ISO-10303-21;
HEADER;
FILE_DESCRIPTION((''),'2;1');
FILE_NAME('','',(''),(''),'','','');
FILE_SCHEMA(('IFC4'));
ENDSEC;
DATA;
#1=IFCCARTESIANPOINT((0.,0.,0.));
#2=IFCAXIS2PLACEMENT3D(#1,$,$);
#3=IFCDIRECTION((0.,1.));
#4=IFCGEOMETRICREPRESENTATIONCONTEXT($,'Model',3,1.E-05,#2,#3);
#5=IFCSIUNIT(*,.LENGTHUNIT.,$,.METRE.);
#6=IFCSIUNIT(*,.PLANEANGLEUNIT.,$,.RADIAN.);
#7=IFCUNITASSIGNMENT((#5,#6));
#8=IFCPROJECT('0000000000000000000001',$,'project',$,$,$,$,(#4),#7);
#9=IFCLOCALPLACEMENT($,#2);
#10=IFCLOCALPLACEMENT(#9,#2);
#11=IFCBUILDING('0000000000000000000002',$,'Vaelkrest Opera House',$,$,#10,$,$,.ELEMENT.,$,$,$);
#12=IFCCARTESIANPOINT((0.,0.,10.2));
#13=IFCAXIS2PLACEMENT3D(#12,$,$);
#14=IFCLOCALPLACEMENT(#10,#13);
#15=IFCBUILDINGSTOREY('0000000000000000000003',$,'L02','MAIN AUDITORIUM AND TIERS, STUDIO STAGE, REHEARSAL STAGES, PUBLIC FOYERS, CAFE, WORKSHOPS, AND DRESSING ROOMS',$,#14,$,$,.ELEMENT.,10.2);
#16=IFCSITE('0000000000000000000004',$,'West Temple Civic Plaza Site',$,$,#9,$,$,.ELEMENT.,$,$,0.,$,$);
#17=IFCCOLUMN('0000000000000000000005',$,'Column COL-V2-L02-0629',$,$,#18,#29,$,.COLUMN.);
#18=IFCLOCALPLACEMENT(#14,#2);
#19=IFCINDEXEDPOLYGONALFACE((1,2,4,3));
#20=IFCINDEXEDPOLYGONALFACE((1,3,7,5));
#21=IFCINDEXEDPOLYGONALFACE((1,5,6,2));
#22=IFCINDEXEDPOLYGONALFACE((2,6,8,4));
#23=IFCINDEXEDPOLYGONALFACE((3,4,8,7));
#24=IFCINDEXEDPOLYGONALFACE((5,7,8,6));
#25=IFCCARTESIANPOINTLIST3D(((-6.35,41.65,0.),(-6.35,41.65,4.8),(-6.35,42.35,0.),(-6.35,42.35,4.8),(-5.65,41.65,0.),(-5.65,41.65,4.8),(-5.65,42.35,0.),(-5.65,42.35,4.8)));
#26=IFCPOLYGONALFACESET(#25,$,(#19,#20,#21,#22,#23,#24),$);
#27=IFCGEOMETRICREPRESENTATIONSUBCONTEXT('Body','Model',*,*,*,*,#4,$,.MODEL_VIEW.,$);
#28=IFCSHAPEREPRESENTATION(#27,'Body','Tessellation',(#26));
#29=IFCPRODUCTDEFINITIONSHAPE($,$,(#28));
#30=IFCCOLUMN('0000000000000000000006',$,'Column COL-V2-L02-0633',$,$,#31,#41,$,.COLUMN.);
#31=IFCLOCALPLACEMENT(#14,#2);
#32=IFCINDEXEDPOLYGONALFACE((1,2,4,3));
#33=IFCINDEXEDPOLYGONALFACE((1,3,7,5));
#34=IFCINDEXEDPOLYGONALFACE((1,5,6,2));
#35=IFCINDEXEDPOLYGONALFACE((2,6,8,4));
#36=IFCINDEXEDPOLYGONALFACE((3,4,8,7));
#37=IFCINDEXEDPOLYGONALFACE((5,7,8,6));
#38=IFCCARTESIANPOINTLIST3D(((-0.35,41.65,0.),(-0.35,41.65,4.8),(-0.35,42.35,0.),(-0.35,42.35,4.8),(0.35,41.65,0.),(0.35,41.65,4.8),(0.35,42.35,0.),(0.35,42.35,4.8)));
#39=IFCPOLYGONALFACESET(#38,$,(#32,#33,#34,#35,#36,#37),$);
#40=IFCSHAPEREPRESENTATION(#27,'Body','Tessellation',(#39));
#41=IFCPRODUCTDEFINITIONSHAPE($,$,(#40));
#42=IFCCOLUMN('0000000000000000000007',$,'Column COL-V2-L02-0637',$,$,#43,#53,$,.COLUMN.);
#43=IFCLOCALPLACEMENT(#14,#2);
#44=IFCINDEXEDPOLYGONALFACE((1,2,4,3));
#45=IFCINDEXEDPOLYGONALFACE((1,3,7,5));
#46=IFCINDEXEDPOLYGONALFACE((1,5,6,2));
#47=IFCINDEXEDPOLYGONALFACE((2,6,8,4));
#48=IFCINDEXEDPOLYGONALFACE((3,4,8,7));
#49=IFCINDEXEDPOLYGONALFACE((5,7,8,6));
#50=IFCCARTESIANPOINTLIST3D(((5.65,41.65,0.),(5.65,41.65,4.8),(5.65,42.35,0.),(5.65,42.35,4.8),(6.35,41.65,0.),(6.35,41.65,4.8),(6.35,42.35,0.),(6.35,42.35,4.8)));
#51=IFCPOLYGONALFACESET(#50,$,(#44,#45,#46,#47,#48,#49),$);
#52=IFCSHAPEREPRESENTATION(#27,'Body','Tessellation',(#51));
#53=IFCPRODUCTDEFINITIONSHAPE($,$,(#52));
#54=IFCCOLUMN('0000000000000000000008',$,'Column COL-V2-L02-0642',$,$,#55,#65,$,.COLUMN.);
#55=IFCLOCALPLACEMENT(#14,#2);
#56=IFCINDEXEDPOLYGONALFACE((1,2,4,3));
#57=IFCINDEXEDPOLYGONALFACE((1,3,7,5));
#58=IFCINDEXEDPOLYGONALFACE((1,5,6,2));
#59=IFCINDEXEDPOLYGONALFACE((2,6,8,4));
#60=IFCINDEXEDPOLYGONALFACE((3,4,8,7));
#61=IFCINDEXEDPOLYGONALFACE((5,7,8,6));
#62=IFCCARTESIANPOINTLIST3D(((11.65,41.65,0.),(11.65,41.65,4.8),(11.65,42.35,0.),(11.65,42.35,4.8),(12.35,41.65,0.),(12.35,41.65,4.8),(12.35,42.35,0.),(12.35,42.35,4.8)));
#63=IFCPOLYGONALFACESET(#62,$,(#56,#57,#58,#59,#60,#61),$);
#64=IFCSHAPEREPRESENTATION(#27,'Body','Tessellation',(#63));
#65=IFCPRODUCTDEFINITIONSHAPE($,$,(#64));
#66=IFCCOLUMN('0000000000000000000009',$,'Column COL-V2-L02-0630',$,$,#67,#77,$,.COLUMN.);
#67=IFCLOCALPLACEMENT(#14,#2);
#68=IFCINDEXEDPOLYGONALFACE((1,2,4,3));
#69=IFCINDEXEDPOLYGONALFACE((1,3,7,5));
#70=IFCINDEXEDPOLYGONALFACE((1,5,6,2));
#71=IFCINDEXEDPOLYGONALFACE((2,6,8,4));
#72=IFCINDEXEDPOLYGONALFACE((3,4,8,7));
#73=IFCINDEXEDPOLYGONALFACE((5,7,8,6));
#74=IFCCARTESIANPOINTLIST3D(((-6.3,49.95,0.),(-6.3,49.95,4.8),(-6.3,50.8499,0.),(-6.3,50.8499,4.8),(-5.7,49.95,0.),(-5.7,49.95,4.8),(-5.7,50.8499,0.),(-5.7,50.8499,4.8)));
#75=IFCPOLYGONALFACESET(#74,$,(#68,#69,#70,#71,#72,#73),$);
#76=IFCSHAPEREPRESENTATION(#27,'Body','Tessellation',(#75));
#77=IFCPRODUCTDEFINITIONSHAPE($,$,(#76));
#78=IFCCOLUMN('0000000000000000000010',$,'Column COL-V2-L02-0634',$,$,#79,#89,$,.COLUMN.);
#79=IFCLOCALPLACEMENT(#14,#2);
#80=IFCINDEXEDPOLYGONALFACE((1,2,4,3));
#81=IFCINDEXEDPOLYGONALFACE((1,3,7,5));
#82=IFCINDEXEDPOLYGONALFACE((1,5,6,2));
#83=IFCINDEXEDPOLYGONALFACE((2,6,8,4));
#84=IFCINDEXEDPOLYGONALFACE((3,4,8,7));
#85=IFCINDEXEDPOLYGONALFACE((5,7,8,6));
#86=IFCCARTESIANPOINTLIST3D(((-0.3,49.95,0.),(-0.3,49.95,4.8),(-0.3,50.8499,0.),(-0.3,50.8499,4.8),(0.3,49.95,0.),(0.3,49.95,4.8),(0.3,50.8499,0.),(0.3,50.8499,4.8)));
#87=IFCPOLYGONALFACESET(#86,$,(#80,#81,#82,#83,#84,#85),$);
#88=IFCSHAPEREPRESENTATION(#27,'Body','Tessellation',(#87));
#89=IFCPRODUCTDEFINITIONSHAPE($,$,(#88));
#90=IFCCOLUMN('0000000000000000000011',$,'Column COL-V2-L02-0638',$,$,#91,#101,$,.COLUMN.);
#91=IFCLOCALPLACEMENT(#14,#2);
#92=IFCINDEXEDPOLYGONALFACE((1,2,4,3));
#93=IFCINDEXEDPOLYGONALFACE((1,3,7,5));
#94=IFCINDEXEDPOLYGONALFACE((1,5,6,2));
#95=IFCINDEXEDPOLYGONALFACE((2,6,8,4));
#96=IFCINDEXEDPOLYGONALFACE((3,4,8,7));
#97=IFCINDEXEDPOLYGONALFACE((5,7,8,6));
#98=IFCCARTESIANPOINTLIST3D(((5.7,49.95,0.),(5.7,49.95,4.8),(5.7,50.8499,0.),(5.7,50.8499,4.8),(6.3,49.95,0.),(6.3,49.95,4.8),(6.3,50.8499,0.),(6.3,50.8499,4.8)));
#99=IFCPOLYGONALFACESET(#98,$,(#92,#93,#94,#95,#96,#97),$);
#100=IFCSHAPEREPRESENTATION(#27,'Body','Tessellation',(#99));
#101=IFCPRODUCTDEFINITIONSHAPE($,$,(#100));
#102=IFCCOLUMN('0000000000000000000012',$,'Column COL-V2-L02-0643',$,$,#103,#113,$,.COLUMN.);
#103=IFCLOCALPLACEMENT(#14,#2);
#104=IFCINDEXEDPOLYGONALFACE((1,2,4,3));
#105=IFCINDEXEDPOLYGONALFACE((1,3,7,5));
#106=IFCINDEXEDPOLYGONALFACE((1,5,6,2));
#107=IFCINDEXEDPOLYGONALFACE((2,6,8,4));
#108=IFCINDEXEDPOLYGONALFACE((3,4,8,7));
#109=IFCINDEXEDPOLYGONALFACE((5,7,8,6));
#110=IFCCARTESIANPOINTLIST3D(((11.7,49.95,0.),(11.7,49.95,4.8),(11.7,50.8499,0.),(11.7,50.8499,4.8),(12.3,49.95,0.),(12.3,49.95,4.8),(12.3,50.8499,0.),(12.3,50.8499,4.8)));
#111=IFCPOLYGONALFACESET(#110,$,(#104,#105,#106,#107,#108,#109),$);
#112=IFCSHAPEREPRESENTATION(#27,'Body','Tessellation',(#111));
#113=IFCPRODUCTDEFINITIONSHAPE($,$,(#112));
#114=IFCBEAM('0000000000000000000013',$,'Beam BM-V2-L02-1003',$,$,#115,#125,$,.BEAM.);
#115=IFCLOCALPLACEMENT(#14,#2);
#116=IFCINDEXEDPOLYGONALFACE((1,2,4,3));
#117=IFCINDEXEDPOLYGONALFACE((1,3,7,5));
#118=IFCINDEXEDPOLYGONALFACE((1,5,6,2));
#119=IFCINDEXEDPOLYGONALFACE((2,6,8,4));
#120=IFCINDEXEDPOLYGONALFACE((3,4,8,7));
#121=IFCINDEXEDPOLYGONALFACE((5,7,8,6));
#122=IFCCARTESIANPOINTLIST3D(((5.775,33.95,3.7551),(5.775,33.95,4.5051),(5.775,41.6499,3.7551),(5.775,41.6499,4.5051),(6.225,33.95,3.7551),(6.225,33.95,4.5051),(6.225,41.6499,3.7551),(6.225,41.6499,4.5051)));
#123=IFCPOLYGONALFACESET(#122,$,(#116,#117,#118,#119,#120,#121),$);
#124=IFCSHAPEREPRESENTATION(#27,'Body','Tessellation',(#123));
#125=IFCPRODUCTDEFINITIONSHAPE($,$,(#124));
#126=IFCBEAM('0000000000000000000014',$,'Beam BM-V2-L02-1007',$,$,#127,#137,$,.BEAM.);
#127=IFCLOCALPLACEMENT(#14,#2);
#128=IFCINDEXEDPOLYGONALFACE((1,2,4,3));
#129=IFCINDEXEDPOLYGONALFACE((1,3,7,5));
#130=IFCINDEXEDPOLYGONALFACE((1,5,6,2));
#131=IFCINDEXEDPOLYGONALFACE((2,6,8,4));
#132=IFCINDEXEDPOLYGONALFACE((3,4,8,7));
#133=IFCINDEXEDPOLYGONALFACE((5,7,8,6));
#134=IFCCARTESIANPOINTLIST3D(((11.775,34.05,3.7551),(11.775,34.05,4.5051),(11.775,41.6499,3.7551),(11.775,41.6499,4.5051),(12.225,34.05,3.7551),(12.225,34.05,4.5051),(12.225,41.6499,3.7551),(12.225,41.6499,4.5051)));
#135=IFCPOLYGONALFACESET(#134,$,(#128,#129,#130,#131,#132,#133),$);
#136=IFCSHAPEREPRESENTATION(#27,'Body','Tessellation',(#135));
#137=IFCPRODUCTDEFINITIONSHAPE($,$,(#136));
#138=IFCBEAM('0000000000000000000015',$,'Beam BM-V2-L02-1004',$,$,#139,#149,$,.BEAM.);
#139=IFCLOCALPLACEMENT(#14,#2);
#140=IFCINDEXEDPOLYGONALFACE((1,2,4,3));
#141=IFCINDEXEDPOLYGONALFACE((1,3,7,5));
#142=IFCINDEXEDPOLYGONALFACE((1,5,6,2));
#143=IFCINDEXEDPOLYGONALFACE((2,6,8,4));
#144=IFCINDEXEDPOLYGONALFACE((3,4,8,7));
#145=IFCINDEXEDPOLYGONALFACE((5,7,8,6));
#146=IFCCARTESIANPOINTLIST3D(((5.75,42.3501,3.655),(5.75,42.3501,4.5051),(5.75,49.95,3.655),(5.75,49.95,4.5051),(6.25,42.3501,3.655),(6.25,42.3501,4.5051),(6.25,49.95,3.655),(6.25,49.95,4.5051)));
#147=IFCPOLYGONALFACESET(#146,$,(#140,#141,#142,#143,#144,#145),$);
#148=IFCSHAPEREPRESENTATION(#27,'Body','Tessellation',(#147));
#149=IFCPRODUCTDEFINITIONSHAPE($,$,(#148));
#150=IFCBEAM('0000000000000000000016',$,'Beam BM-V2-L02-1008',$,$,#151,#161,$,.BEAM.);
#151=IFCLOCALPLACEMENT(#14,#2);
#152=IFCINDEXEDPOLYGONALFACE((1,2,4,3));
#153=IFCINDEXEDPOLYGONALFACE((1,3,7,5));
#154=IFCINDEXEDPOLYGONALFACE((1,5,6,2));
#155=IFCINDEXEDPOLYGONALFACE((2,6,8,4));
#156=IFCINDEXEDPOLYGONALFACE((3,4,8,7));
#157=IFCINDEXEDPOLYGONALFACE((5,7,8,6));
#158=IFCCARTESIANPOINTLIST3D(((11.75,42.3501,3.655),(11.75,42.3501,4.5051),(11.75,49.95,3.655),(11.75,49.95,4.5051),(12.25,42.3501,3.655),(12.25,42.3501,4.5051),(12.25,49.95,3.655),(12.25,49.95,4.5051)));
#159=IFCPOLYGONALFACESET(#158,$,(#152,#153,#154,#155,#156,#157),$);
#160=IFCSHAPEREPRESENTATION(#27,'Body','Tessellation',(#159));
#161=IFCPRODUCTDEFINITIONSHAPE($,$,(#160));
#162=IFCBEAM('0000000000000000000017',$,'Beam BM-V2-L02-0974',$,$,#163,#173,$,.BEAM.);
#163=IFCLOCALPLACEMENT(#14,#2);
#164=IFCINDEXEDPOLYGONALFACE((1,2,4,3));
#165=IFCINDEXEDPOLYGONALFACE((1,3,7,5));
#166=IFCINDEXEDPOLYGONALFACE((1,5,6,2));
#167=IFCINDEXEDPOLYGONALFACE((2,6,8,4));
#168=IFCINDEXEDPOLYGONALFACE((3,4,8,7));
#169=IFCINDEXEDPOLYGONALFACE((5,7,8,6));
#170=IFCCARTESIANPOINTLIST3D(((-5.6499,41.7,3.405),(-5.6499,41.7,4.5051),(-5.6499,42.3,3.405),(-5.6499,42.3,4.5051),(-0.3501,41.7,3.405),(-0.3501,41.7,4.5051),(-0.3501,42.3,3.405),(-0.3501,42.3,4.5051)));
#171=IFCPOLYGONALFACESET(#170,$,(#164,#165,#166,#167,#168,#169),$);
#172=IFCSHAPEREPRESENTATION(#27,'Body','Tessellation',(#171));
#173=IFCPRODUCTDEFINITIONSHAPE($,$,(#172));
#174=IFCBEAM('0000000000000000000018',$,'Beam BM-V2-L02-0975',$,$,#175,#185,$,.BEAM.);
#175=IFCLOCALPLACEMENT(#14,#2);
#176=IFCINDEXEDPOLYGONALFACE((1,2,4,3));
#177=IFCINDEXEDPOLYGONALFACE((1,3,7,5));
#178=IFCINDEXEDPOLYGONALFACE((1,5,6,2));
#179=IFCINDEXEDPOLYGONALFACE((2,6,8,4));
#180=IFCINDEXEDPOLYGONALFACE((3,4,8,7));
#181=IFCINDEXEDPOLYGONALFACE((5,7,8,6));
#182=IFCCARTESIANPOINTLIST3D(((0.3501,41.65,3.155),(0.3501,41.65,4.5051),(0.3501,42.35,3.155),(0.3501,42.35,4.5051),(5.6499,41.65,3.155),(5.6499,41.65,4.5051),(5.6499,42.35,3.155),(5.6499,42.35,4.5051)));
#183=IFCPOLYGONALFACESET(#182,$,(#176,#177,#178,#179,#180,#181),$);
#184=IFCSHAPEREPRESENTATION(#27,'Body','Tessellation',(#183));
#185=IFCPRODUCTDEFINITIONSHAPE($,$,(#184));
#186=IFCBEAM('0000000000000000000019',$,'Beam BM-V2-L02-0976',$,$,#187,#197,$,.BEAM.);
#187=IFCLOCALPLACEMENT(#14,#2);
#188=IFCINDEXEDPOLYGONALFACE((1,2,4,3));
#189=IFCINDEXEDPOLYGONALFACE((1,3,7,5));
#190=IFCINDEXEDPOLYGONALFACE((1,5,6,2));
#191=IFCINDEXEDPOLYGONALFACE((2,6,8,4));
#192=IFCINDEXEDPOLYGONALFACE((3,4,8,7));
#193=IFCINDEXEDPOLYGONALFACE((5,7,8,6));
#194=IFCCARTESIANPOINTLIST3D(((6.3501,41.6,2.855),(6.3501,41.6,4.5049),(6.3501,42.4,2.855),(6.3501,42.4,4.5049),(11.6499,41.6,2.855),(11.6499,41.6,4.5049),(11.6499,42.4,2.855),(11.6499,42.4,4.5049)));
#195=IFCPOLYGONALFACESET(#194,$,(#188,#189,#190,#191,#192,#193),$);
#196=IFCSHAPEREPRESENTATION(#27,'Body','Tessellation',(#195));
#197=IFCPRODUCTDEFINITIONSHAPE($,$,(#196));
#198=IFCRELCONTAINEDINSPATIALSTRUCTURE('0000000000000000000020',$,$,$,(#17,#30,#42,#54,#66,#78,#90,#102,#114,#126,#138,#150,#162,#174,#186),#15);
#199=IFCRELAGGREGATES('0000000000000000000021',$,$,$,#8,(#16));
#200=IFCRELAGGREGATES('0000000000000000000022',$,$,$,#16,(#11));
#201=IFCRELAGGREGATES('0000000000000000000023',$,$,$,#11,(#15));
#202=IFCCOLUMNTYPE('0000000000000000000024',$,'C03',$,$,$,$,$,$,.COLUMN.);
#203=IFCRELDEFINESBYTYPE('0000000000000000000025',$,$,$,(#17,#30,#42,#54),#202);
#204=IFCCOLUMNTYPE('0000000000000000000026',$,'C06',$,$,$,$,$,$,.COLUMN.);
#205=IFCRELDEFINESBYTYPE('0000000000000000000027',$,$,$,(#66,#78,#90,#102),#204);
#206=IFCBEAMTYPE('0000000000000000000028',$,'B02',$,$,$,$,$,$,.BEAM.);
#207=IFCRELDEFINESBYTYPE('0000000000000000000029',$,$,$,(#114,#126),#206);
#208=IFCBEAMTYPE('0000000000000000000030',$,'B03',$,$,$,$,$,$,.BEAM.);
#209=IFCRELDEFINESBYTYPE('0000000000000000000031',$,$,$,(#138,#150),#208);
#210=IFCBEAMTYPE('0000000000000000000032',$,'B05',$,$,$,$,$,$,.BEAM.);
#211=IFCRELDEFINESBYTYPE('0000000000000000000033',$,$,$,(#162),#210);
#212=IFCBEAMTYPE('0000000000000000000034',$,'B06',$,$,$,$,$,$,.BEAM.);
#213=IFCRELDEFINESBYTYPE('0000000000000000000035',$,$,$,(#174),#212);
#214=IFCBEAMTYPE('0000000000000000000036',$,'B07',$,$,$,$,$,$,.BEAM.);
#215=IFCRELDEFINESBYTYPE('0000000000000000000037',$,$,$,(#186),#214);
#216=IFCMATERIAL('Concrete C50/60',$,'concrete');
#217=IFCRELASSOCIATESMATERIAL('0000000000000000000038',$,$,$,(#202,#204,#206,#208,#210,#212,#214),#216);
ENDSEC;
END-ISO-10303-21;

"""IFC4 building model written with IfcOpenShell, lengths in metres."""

from ifc_helpers import new_model, si_unit, direction, frame, origin, origin_2d, place, context, subcontext, project, spatial, rectangle, extrude, material, material_profile, profile_set, type_object, element, save


model = new_model("IFC4")

# Units and contexts
model_context = context("Model", 3, precision=1e-05, world=origin(), true_north=direction((0.0, 1.0)))
body_context = subcontext(model_context, "Body", "Model", "MODEL_VIEW")
ifc_project = project(units=[si_unit("LENGTHUNIT", "METRE"), si_unit("PLANEANGLEUNIT", "RADIAN")], contexts=[model_context])

# Site, building, storey
site_placement = place(None, origin())
site = spatial("IfcSite", under=ifc_project, at=site_placement, Name="West Temple Civic Plaza Site", CompositionType="ELEMENT", RefElevation=0.0)
building_placement = place(site_placement, origin())
building = spatial("IfcBuilding", under=site, at=building_placement, Name="Vaelkrest Opera House", CompositionType="ELEMENT")
storey_placement = place(building_placement, frame((0.0, 0.0, 10.2)))
storey = spatial("IfcBuildingStorey", under=building, at=storey_placement, Name="L02", Description="MAIN AUDITORIUM AND TIERS, STUDIO STAGE, REHEARSAL STAGES, PUBLIC FOYERS, CAFE, WORKSHOPS, AND DRESSING ROOMS", CompositionType="ELEMENT", Elevation=10.2)

# Columns
ifc_material_1 = material(Name="Concrete C50/60", Category="concrete")
ifc_material_profile_1 = material_profile(ifc_material_1, rectangle(XDim=0.7, YDim=0.7, at=origin_2d()), Name="RC700X700")
ifc_profile_set_1 = profile_set([ifc_material_profile_1], Name="Concrete C50/60")
column_type_1 = type_object("IfcColumnType", Name="C03", PredefinedType="COLUMN", material=ifc_profile_set_1)
for number, where, z_axis, x_axis, name in (
    (1, (-6.0, 42.0, 0.0), (0.0, 0.0, 1.0), (1.0, 0.0, 0.0), "Column COL-V2-L02-0629"),
    (2, (0.0, 42.0, 0.0), (0.0, 0.0, 1.0), (1.0, 0.0, 0.0), "Column COL-V2-L02-0633"),
    (3, (6.0, 42.0, 0.0), (0.0, 0.0, 1.0), (1.0, 0.0, 0.0), "Column COL-V2-L02-0637"),
    (4, (12.0, 42.0, 0.0), (0.0, 0.0, 1.0), (1.0, 0.0, 0.0), "Column COL-V2-L02-0642"),
):
    element("IfcColumn", number, at=place(storey_placement, frame(where, z_axis=z_axis, x_axis=x_axis)), inside=storey, type_object=column_type_1, Name=name, PredefinedType="COLUMN", context=body_context, shape_type="SweptSolid", body=[
        extrude(rectangle(XDim=0.7, YDim=0.7, at=origin_2d()), origin(), (0.0, 0.0, 1.0), 4.8),
    ])
ifc_material_profile_2 = material_profile(ifc_material_1, rectangle(XDim=0.6001, YDim=0.8999, at=origin_2d()), Name="RC600X900")
ifc_profile_set_2 = profile_set([ifc_material_profile_2], Name="Concrete C50/60")
column_type_2 = type_object("IfcColumnType", Name="C06", PredefinedType="COLUMN", material=ifc_profile_set_2)
for number, where, z_axis, x_axis, name in (
    (5, (-6.0, 50.3999, 0.0), (0.0, 0.0, 1.0), (1.0, 0.0, 0.0), "Column COL-V2-L02-0630"),
    (6, (0.0, 50.3999, 0.0), (0.0, 0.0, 1.0), (1.0, 0.0, 0.0), "Column COL-V2-L02-0634"),
    (7, (6.0, 50.3999, 0.0), (0.0, 0.0, 1.0), (1.0, 0.0, 0.0), "Column COL-V2-L02-0638"),
    (8, (12.0, 50.3999, 0.0), (0.0, 0.0, 1.0), (1.0, 0.0, 0.0), "Column COL-V2-L02-0643"),
):
    element("IfcColumn", number, at=place(storey_placement, frame(where, z_axis=z_axis, x_axis=x_axis)), inside=storey, type_object=column_type_2, Name=name, PredefinedType="COLUMN", context=body_context, shape_type="SweptSolid", body=[
        extrude(rectangle(XDim=0.6001, YDim=0.8999, at=origin_2d()), origin(), (0.0, 0.0, 1.0), 4.8),
    ])

# Beams
ifc_material_profile_3 = material_profile(ifc_material_1, rectangle(XDim=0.45, YDim=0.75, at=origin_2d()), Name="RCB450X750")
ifc_profile_set_3 = profile_set([ifc_material_profile_3], Name="Concrete C50/60")
beam_type_1 = type_object("IfcBeamType", Name="B02", PredefinedType="BEAM", material=ifc_profile_set_3)
beam_1_placement = place(storey_placement, frame((6.0, 33.95, 4.1301), z_axis=(0.0, 1.0, 0.0), x_axis=(-1.0, 0.0, 0.0)))
element("IfcBeam", 9, at=beam_1_placement, inside=storey, type_object=beam_type_1, Name="Beam BM-V2-L02-1003", PredefinedType="BEAM", context=body_context, shape_type="SweptSolid", body=[
    extrude(rectangle(XDim=0.45, YDim=0.75, at=origin_2d()), origin(), (0.0, 0.0, 1.0), 7.7),
])
beam_2_placement = place(storey_placement, frame((12.0, 34.05, 4.1301), z_axis=(0.0, 1.0, 0.0), x_axis=(-1.0, 0.0, 0.0)))
element("IfcBeam", 10, at=beam_2_placement, inside=storey, type_object=beam_type_1, Name="Beam BM-V2-L02-1007", PredefinedType="BEAM", context=body_context, shape_type="SweptSolid", body=[
    extrude(rectangle(XDim=0.45, YDim=0.75, at=origin_2d()), origin(), (0.0, 0.0, 1.0), 7.5999),
])
ifc_material_profile_4 = material_profile(ifc_material_1, rectangle(XDim=0.5, YDim=0.8501, at=origin_2d()), Name="RCB500X850")
ifc_profile_set_4 = profile_set([ifc_material_profile_4], Name="Concrete C50/60")
beam_type_2 = type_object("IfcBeamType", Name="B03", PredefinedType="BEAM", material=ifc_profile_set_4)
for number, where, z_axis, x_axis, name in (
    (11, (6.0, 42.3501, 4.0801), (0.0, 1.0, 0.0), (-1.0, 0.0, 0.0), "Beam BM-V2-L02-1004"),
    (12, (12.0, 42.3501, 4.0801), (0.0, 1.0, 0.0), (-1.0, 0.0, 0.0), "Beam BM-V2-L02-1008"),
):
    element("IfcBeam", number, at=place(storey_placement, frame(where, z_axis=z_axis, x_axis=x_axis)), inside=storey, type_object=beam_type_2, Name=name, PredefinedType="BEAM", context=body_context, shape_type="SweptSolid", body=[
        extrude(rectangle(XDim=0.5, YDim=0.8501, at=origin_2d()), origin(), (0.0, 0.0, 1.0), 7.5999),
    ])
ifc_material_profile_5 = material_profile(ifc_material_1, rectangle(XDim=0.6001, YDim=1.1001, at=origin_2d()), Name="RCB600X1100")
ifc_profile_set_5 = profile_set([ifc_material_profile_5], Name="Concrete C50/60")
beam_type_3 = type_object("IfcBeamType", Name="B05", PredefinedType="BEAM", material=ifc_profile_set_5)
beam_3_placement = place(storey_placement, frame((-5.6499, 42.0, 3.9551), z_axis=(1.0, 0.0, 0.0), x_axis=(0.0, 1.0, 0.0)))
element("IfcBeam", 13, at=beam_3_placement, inside=storey, type_object=beam_type_3, Name="Beam BM-V2-L02-0974", PredefinedType="BEAM", context=body_context, shape_type="SweptSolid", body=[
    extrude(rectangle(XDim=0.6001, YDim=1.1001, at=origin_2d()), origin(), (0.0, 0.0, 1.0), 5.2998),
])
ifc_material_profile_6 = material_profile(ifc_material_1, rectangle(XDim=0.7, YDim=1.3501, at=origin_2d()), Name="RCB700X1350")
ifc_profile_set_6 = profile_set([ifc_material_profile_6], Name="Concrete C50/60")
beam_type_4 = type_object("IfcBeamType", Name="B06", PredefinedType="BEAM", material=ifc_profile_set_6)
beam_4_placement = place(storey_placement, frame((0.3501, 42.0, 3.8301), z_axis=(1.0, 0.0, 0.0), x_axis=(0.0, 1.0, 0.0)))
element("IfcBeam", 14, at=beam_4_placement, inside=storey, type_object=beam_type_4, Name="Beam BM-V2-L02-0975", PredefinedType="BEAM", context=body_context, shape_type="SweptSolid", body=[
    extrude(rectangle(XDim=0.7, YDim=1.3501, at=origin_2d()), origin(), (0.0, 0.0, 1.0), 5.2998),
])
ifc_material_profile_7 = material_profile(ifc_material_1, rectangle(XDim=0.8, YDim=1.6499, at=origin_2d()), Name="RCB800X1650")
ifc_profile_set_7 = profile_set([ifc_material_profile_7], Name="Concrete C50/60")
beam_type_5 = type_object("IfcBeamType", Name="B07", PredefinedType="BEAM", material=ifc_profile_set_7)
beam_5_placement = place(storey_placement, frame((6.3501, 42.0, 3.6799), z_axis=(1.0, 0.0, 0.0), x_axis=(0.0, 1.0, 0.0)))
element("IfcBeam", 15, at=beam_5_placement, inside=storey, type_object=beam_type_5, Name="Beam BM-V2-L02-0976", PredefinedType="BEAM", context=body_context, shape_type="SweptSolid", body=[
    extrude(rectangle(XDim=0.8, YDim=1.6499, at=origin_2d()), origin(), (0.0, 0.0, 1.0), 5.2998),
])

save(model, "model.ifc")
